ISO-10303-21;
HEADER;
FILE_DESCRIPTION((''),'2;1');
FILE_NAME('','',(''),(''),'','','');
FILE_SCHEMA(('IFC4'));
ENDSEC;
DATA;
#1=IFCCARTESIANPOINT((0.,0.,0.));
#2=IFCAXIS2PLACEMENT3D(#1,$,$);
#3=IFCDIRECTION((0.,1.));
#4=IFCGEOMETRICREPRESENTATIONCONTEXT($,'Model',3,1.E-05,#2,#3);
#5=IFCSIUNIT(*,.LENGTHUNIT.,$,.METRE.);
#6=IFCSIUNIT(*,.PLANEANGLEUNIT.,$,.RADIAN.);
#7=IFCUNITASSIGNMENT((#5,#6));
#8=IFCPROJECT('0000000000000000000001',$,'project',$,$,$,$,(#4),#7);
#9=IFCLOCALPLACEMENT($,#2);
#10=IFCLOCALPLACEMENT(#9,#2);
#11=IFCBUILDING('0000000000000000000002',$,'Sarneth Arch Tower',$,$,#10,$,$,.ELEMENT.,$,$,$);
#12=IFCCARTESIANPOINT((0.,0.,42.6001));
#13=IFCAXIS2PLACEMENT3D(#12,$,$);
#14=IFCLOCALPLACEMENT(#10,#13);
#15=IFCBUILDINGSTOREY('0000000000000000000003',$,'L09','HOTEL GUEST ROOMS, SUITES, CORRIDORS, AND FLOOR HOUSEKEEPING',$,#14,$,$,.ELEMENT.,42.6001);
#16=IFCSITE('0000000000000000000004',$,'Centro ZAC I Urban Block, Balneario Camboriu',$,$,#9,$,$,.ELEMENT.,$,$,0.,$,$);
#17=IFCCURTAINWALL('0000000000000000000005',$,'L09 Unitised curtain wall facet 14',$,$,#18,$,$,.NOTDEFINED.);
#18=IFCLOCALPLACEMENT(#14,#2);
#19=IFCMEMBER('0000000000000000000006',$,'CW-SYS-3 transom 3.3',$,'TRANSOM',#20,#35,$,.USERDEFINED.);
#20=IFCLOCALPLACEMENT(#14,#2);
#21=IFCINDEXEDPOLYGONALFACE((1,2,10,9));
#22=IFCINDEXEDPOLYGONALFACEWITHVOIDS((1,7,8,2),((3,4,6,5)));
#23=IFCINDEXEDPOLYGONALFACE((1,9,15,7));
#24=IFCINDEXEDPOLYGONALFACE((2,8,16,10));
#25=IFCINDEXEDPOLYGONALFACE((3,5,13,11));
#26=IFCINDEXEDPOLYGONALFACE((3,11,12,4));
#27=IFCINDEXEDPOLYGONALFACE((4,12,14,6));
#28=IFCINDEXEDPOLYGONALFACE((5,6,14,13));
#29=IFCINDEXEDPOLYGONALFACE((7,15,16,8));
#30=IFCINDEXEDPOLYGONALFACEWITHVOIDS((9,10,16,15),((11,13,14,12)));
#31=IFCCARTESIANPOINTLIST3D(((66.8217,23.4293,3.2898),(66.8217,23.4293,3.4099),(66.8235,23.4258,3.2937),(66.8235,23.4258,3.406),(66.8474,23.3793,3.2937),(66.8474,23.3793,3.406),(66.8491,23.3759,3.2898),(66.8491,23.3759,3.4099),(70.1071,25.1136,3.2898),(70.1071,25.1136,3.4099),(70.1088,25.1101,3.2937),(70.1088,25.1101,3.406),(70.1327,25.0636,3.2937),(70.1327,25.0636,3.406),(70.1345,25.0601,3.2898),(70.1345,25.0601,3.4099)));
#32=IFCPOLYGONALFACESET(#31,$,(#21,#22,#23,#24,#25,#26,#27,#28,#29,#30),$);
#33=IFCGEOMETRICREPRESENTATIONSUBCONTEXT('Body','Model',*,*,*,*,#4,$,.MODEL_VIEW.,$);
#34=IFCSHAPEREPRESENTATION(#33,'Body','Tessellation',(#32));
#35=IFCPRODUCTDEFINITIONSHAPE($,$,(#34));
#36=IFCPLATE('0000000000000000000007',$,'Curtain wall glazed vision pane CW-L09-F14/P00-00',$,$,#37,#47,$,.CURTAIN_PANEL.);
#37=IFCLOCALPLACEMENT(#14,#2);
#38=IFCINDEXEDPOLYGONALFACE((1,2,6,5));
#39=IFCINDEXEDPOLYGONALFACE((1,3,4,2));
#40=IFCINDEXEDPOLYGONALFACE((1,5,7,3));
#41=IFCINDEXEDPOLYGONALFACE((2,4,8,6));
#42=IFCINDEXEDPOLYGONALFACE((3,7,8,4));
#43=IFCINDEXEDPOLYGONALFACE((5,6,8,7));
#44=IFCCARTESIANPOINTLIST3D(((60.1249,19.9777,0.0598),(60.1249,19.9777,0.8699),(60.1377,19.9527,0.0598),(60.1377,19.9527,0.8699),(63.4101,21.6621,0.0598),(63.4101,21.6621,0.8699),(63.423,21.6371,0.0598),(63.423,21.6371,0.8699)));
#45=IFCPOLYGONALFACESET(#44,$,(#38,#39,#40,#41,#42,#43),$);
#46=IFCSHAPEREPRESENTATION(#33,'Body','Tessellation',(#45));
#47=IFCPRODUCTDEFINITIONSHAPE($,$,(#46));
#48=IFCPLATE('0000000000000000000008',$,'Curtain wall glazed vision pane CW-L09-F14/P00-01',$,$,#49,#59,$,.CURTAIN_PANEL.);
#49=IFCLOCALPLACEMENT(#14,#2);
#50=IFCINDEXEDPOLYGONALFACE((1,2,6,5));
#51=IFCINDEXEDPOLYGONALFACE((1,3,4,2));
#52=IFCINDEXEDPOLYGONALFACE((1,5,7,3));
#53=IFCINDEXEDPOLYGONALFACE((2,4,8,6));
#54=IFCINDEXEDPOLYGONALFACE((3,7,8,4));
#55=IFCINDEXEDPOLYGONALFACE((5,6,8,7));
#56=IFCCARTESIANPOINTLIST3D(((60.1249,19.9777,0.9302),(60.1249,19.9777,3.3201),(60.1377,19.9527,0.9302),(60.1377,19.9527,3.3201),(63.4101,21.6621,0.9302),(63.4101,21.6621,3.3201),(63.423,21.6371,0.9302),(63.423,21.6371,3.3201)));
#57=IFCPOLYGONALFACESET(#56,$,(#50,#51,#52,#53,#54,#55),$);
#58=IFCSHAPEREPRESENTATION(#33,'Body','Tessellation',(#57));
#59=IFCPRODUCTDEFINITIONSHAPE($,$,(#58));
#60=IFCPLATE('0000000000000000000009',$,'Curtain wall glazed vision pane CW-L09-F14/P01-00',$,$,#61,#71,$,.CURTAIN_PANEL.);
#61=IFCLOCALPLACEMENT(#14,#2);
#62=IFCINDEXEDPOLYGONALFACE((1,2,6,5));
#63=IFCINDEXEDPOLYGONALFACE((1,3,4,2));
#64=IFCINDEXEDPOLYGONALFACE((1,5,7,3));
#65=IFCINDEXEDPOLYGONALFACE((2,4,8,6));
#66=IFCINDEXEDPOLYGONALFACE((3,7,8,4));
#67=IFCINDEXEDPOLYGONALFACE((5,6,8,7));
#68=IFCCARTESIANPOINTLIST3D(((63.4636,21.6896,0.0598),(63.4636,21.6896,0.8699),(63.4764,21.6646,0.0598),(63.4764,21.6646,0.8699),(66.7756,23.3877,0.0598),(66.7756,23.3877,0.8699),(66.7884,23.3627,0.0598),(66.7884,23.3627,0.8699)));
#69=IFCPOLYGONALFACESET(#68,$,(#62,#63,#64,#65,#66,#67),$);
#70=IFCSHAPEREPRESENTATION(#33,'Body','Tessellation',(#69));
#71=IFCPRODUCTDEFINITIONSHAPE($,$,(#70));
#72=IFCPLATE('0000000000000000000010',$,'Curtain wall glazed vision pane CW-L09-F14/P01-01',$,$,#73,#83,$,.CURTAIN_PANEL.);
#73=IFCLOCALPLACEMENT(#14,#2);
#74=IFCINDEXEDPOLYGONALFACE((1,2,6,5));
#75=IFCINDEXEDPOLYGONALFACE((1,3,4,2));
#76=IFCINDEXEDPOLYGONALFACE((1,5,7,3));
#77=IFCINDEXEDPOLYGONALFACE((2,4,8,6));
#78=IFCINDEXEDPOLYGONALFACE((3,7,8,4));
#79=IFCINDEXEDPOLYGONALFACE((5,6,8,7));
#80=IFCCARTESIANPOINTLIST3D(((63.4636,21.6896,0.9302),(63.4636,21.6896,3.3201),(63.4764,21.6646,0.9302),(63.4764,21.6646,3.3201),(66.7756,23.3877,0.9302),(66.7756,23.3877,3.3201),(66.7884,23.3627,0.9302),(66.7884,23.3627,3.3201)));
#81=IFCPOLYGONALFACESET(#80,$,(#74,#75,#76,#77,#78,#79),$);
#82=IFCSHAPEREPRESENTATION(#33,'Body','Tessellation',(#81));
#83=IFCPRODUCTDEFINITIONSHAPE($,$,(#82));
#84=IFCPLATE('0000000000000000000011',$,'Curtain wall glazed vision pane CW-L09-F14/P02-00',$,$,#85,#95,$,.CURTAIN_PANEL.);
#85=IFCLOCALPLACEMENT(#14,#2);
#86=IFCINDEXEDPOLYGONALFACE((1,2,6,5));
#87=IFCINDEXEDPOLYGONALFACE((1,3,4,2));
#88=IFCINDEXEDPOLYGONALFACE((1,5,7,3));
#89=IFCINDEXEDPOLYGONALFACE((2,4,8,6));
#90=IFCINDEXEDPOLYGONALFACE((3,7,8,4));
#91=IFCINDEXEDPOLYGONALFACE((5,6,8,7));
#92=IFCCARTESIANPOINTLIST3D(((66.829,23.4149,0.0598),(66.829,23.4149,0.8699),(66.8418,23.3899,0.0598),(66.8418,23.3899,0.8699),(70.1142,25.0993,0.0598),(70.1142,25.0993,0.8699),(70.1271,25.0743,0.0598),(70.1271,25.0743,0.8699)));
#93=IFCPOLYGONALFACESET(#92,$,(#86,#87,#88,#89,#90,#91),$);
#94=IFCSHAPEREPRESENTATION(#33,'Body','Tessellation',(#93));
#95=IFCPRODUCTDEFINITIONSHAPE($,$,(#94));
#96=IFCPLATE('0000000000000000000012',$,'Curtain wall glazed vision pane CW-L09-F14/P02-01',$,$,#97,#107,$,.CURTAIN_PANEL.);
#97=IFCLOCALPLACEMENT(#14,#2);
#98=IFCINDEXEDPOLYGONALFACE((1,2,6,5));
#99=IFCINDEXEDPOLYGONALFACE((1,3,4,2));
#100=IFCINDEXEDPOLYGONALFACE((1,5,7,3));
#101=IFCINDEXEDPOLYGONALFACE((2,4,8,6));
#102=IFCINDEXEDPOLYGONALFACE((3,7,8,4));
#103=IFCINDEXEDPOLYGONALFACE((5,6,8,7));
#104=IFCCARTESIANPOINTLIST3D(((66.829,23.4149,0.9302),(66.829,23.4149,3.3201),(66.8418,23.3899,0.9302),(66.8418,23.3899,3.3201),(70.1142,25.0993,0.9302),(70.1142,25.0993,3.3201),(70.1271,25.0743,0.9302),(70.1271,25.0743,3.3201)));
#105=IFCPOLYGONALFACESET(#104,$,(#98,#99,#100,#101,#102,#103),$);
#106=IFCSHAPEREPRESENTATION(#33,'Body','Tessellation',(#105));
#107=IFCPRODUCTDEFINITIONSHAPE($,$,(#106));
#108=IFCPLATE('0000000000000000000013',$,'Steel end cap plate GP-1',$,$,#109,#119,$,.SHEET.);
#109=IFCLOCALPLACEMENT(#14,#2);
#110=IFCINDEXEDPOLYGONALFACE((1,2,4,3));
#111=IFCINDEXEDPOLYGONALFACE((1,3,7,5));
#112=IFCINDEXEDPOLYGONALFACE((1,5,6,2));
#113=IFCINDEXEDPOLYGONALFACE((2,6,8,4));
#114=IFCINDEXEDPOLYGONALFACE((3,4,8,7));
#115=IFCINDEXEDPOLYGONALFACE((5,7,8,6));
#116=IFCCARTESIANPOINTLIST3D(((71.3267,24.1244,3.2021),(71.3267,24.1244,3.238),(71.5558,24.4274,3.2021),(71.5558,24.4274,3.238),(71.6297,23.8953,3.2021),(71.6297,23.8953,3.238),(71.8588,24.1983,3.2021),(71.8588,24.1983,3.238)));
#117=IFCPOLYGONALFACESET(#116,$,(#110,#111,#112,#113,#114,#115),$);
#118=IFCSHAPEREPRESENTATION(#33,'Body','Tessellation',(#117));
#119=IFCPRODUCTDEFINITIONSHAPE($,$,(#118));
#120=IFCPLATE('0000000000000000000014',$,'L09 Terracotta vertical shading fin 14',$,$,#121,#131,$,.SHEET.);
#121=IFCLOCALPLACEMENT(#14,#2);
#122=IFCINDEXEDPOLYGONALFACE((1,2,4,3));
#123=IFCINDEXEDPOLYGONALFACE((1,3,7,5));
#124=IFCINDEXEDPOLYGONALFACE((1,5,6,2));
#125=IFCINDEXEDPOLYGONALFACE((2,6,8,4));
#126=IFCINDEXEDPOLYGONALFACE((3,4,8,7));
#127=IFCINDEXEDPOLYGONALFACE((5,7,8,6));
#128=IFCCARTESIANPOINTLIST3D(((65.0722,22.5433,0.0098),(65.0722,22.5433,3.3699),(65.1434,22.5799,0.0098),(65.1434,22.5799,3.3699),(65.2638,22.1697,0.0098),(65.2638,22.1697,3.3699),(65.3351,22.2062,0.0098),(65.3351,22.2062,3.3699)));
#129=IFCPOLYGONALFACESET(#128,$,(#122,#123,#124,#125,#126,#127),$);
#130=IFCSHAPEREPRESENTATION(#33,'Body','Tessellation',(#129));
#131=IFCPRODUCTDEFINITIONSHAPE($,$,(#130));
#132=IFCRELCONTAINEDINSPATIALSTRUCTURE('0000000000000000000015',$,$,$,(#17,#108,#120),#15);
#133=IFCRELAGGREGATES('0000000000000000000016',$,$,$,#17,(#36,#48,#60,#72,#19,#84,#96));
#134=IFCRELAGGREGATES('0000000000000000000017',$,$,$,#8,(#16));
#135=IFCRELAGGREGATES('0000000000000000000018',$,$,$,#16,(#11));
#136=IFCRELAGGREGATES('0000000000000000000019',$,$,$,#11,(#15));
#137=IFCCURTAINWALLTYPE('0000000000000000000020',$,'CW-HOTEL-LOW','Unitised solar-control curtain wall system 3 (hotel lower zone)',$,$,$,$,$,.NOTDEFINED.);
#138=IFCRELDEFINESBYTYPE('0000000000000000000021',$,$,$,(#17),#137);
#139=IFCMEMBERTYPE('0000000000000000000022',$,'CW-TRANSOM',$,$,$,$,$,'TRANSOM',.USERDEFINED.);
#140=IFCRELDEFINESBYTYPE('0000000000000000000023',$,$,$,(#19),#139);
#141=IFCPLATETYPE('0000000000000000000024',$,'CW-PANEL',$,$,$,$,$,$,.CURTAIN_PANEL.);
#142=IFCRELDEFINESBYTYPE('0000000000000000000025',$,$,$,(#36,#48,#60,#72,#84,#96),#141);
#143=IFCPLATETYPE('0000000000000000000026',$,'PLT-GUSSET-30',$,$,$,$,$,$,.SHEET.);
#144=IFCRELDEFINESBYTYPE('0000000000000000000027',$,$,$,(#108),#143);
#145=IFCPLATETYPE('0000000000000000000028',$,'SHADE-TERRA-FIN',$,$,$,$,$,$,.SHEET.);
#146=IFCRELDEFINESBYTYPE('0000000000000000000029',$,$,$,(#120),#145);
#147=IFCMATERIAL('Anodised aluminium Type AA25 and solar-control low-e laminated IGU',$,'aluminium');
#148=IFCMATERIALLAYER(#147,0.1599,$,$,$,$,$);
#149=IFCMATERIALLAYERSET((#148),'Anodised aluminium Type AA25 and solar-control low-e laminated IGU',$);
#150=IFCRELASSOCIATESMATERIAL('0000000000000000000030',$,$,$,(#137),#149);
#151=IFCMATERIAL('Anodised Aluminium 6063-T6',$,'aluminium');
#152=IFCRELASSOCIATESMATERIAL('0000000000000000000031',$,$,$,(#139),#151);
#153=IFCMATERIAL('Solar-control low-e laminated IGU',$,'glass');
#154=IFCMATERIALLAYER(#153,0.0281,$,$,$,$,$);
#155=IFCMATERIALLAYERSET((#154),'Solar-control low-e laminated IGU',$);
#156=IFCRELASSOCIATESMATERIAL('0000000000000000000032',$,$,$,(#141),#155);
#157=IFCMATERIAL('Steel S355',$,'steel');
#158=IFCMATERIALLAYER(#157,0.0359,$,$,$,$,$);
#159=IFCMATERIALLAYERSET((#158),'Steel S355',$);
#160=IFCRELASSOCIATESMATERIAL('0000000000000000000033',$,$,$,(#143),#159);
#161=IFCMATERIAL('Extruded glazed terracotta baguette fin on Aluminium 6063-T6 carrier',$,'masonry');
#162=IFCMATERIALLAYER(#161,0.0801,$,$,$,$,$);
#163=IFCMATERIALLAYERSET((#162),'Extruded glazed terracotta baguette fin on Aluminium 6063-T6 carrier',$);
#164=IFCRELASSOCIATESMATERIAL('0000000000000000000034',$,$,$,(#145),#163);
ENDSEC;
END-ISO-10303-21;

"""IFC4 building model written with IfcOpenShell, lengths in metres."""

from ifc_helpers import new_model, si_unit, direction, frame, origin, origin_2d, place, context, subcontext, project, spatial, rectangle, hollow_rectangle, extrude, material, layer, layer_set, material_profile, profile_set, type_object, element, aggregate, save


model = new_model("IFC4")

# Units and contexts
model_context = context("Model", 3, precision=1e-05, world=origin(), true_north=direction((0.0, 1.0)))
body_context = subcontext(model_context, "Body", "Model", "MODEL_VIEW")
ifc_project = project(units=[si_unit("LENGTHUNIT", "METRE"), si_unit("PLANEANGLEUNIT", "RADIAN")], contexts=[model_context])

# Site, building, storey
site_placement = place(None, origin())
site = spatial("IfcSite", under=ifc_project, at=site_placement, Name="Centro ZAC I Urban Block, Balneario Camboriu", CompositionType="ELEMENT", RefElevation=0.0)
building_placement = place(site_placement, origin())
building = spatial("IfcBuilding", under=site, at=building_placement, Name="Sarneth Arch Tower", CompositionType="ELEMENT")
storey_placement = place(building_placement, frame((0.0, 0.0, 42.6001)))
storey = spatial("IfcBuildingStorey", under=building, at=storey_placement, Name="L09", Description="HOTEL GUEST ROOMS, SUITES, CORRIDORS, AND FLOOR HOUSEKEEPING", CompositionType="ELEMENT", Elevation=42.6001)

# Curtain wall, member, plates
ifc_material_1 = material(Name="Anodised aluminium Type AA25 and solar-control low-e laminated IGU", Category="aluminium")
ifc_layer_1 = layer(ifc_material_1, 0.1599)
ifc_layer_set_1 = layer_set([ifc_layer_1], Name="Anodised aluminium Type AA25 and solar-control low-e laminated IGU")
curtain_wall_type = type_object("IfcCurtainWallType", Name="CW-HOTEL-LOW", Description="Unitised solar-control curtain wall system 3 (hotel lower zone)", PredefinedType="NOTDEFINED", material=ifc_layer_set_1)
curtain_wall_placement = place(storey_placement, origin())
curtain_wall = element("IfcCurtainWall", 1, at=curtain_wall_placement, inside=storey, type_object=curtain_wall_type, Name="L09 Unitised curtain wall facet 14", PredefinedType="NOTDEFINED")
ifc_material_2 = material(Name="Anodised Aluminium 6063-T6", Category="aluminium")
ifc_material_profile_1 = material_profile(ifc_material_2, hollow_rectangle(XDim=0.0601, YDim=0.1201, WallThickness=0.0039, at=origin_2d()), Name="AL-TRAN-120x60x4")
ifc_profile_set_1 = profile_set([ifc_material_profile_1], Name="Anodised Aluminium 6063-T6")
member_type_1 = type_object("IfcMemberType", Name="CW-TRANSOM", ElementType="TRANSOM", PredefinedType="USERDEFINED", material=ifc_profile_set_1)
member_1_placement = place(storey_placement, frame((66.8354, 23.4026, 3.3499), z_axis=(0.889872, 0.456211, 0.0), x_axis=(-0.456211, 0.889872, 0.0)))
member_1 = element("IfcMember", 2, at=member_1_placement, type_object=member_type_1, Name="CW-SYS-3 transom 3.3", ObjectType="TRANSOM", PredefinedType="USERDEFINED", context=body_context, shape_type="SweptSolid", body=[
    extrude(hollow_rectangle(XDim=0.0601, YDim=0.1201, WallThickness=0.0039, at=origin_2d()), origin(), (0.0, 0.0, 1.0), 3.6919),
])
ifc_material_3 = material(Name="Solar-control low-e laminated IGU", Category="glass")
ifc_layer_2 = layer(ifc_material_3, 0.0281)
ifc_layer_set_2 = layer_set([ifc_layer_2], Name="Solar-control low-e laminated IGU")
plate_type_1 = type_object("IfcPlateType", Name="CW-PANEL", PredefinedType="CURTAIN_PANEL", material=ifc_layer_set_2)
plate_1_placement = place(storey_placement, frame((61.7739, 20.8074, 0.0598), z_axis=(0.0, 0.0, 1.0), x_axis=(0.889854, 0.456245, 0.0)))
plate_1 = element("IfcPlate", 3, at=plate_1_placement, type_object=plate_type_1, Name="Curtain wall glazed vision pane CW-L09-F14/P00-00", PredefinedType="CURTAIN_PANEL", context=body_context, shape_type="SweptSolid", body=[
    extrude(rectangle(XDim=3.6919, YDim=0.0281, at=origin_2d()), origin(), (0.0, 0.0, 1.0), 0.8101),
])
plate_2_placement = place(storey_placement, frame((61.7739, 20.8074, 0.9302), z_axis=(0.0, 0.0, 1.0), x_axis=(0.889854, 0.456245, 0.0)))
plate_2 = element("IfcPlate", 4, at=plate_2_placement, type_object=plate_type_1, Name="Curtain wall glazed vision pane CW-L09-F14/P00-01", PredefinedType="CURTAIN_PANEL", context=body_context, shape_type="SweptSolid", body=[
    extrude(rectangle(XDim=3.6919, YDim=0.0281, at=origin_2d()), origin(), (0.0, 0.0, 1.0), 2.3899),
])
plate_3_placement = place(storey_placement, frame((65.126, 22.5261, 0.0598), z_axis=(0.0, 0.0, 1.0), x_axis=(0.889854, 0.456245, 0.0)))
plate_3 = element("IfcPlate", 5, at=plate_3_placement, type_object=plate_type_1, Name="Curtain wall glazed vision pane CW-L09-F14/P01-00", PredefinedType="CURTAIN_PANEL", context=body_context, shape_type="SweptSolid", body=[
    extrude(rectangle(XDim=3.7219, YDim=0.0281, at=origin_2d()), origin(), (0.0, 0.0, 1.0), 0.8101),
])
plate_4_placement = place(storey_placement, frame((65.126, 22.5261, 0.9302), z_axis=(0.0, 0.0, 1.0), x_axis=(0.889854, 0.456245, 0.0)))
plate_4 = element("IfcPlate", 6, at=plate_4_placement, type_object=plate_type_1, Name="Curtain wall glazed vision pane CW-L09-F14/P01-01", PredefinedType="CURTAIN_PANEL", context=body_context, shape_type="SweptSolid", body=[
    extrude(rectangle(XDim=3.7219, YDim=0.0281, at=origin_2d()), origin(), (0.0, 0.0, 1.0), 2.3899),
])
plate_5_placement = place(storey_placement, frame((68.478, 24.2446, 0.0598), z_axis=(0.0, 0.0, 1.0), x_axis=(0.889854, 0.456245, 0.0)))
plate_5 = element("IfcPlate", 7, at=plate_5_placement, type_object=plate_type_1, Name="Curtain wall glazed vision pane CW-L09-F14/P02-00", PredefinedType="CURTAIN_PANEL", context=body_context, shape_type="SweptSolid", body=[
    extrude(rectangle(XDim=3.6919, YDim=0.0281, at=origin_2d()), origin(), (0.0, 0.0, 1.0), 0.8101),
])
plate_6_placement = place(storey_placement, frame((68.478, 24.2446, 0.9302), z_axis=(0.0, 0.0, 1.0), x_axis=(0.889854, 0.456245, 0.0)))
plate_6 = element("IfcPlate", 8, at=plate_6_placement, type_object=plate_type_1, Name="Curtain wall glazed vision pane CW-L09-F14/P02-01", PredefinedType="CURTAIN_PANEL", context=body_context, shape_type="SweptSolid", body=[
    extrude(rectangle(XDim=3.6919, YDim=0.0281, at=origin_2d()), origin(), (0.0, 0.0, 1.0), 2.3899),
])
aggregate(curtain_wall, [plate_1, plate_2, plate_3, plate_4, member_1, plate_5, plate_6])

# Plates
ifc_material_4 = material(Name="Steel S355", Category="steel")
ifc_layer_3 = layer(ifc_material_4, 0.0359)
ifc_layer_set_3 = layer_set([ifc_layer_3], Name="Steel S355")
plate_type_2 = type_object("IfcPlateType", Name="PLT-GUSSET-30", PredefinedType="SHEET", material=ifc_layer_set_3)
plate_7_placement = place(storey_placement, frame((71.5928, 24.1614, 3.2021), z_axis=(0.0, 0.0, 1.0), x_axis=(0.797689, -0.603069, 0.0)))
element("IfcPlate", 9, at=plate_7_placement, inside=storey, type_object=plate_type_2, Name="Steel end cap plate GP-1", PredefinedType="SHEET", context=body_context, shape_type="SweptSolid", body=[
    extrude(rectangle(XDim=0.3799, YDim=0.3799, at=origin_2d()), origin(), (0.0, 0.0, 1.0), 0.0359),
])
ifc_material_5 = material(Name="Extruded glazed terracotta baguette fin on Aluminium 6063-T6 carrier", Category="masonry")
ifc_layer_4 = layer(ifc_material_5, 0.0801)
ifc_layer_set_4 = layer_set([ifc_layer_4], Name="Extruded glazed terracotta baguette fin on Aluminium 6063-T6 carrier")
plate_type_3 = type_object("IfcPlateType", Name="SHADE-TERRA-FIN", PredefinedType="SHEET", material=ifc_layer_set_4)
plate_8_placement = place(storey_placement, frame((65.2036, 22.3748, 0.0098), z_axis=(0.0, 0.0, 1.0), x_axis=(0.456322, -0.889815, 0.0)))
element("IfcPlate", 10, at=plate_8_placement, inside=storey, type_object=plate_type_3, Name="L09 Terracotta vertical shading fin 14", PredefinedType="SHEET", context=body_context, shape_type="SweptSolid", body=[
    extrude(rectangle(XDim=0.4199, YDim=0.0801, at=origin_2d()), origin(), (0.0, 0.0, 1.0), 3.3601),
])

save(model, "model.ifc")
